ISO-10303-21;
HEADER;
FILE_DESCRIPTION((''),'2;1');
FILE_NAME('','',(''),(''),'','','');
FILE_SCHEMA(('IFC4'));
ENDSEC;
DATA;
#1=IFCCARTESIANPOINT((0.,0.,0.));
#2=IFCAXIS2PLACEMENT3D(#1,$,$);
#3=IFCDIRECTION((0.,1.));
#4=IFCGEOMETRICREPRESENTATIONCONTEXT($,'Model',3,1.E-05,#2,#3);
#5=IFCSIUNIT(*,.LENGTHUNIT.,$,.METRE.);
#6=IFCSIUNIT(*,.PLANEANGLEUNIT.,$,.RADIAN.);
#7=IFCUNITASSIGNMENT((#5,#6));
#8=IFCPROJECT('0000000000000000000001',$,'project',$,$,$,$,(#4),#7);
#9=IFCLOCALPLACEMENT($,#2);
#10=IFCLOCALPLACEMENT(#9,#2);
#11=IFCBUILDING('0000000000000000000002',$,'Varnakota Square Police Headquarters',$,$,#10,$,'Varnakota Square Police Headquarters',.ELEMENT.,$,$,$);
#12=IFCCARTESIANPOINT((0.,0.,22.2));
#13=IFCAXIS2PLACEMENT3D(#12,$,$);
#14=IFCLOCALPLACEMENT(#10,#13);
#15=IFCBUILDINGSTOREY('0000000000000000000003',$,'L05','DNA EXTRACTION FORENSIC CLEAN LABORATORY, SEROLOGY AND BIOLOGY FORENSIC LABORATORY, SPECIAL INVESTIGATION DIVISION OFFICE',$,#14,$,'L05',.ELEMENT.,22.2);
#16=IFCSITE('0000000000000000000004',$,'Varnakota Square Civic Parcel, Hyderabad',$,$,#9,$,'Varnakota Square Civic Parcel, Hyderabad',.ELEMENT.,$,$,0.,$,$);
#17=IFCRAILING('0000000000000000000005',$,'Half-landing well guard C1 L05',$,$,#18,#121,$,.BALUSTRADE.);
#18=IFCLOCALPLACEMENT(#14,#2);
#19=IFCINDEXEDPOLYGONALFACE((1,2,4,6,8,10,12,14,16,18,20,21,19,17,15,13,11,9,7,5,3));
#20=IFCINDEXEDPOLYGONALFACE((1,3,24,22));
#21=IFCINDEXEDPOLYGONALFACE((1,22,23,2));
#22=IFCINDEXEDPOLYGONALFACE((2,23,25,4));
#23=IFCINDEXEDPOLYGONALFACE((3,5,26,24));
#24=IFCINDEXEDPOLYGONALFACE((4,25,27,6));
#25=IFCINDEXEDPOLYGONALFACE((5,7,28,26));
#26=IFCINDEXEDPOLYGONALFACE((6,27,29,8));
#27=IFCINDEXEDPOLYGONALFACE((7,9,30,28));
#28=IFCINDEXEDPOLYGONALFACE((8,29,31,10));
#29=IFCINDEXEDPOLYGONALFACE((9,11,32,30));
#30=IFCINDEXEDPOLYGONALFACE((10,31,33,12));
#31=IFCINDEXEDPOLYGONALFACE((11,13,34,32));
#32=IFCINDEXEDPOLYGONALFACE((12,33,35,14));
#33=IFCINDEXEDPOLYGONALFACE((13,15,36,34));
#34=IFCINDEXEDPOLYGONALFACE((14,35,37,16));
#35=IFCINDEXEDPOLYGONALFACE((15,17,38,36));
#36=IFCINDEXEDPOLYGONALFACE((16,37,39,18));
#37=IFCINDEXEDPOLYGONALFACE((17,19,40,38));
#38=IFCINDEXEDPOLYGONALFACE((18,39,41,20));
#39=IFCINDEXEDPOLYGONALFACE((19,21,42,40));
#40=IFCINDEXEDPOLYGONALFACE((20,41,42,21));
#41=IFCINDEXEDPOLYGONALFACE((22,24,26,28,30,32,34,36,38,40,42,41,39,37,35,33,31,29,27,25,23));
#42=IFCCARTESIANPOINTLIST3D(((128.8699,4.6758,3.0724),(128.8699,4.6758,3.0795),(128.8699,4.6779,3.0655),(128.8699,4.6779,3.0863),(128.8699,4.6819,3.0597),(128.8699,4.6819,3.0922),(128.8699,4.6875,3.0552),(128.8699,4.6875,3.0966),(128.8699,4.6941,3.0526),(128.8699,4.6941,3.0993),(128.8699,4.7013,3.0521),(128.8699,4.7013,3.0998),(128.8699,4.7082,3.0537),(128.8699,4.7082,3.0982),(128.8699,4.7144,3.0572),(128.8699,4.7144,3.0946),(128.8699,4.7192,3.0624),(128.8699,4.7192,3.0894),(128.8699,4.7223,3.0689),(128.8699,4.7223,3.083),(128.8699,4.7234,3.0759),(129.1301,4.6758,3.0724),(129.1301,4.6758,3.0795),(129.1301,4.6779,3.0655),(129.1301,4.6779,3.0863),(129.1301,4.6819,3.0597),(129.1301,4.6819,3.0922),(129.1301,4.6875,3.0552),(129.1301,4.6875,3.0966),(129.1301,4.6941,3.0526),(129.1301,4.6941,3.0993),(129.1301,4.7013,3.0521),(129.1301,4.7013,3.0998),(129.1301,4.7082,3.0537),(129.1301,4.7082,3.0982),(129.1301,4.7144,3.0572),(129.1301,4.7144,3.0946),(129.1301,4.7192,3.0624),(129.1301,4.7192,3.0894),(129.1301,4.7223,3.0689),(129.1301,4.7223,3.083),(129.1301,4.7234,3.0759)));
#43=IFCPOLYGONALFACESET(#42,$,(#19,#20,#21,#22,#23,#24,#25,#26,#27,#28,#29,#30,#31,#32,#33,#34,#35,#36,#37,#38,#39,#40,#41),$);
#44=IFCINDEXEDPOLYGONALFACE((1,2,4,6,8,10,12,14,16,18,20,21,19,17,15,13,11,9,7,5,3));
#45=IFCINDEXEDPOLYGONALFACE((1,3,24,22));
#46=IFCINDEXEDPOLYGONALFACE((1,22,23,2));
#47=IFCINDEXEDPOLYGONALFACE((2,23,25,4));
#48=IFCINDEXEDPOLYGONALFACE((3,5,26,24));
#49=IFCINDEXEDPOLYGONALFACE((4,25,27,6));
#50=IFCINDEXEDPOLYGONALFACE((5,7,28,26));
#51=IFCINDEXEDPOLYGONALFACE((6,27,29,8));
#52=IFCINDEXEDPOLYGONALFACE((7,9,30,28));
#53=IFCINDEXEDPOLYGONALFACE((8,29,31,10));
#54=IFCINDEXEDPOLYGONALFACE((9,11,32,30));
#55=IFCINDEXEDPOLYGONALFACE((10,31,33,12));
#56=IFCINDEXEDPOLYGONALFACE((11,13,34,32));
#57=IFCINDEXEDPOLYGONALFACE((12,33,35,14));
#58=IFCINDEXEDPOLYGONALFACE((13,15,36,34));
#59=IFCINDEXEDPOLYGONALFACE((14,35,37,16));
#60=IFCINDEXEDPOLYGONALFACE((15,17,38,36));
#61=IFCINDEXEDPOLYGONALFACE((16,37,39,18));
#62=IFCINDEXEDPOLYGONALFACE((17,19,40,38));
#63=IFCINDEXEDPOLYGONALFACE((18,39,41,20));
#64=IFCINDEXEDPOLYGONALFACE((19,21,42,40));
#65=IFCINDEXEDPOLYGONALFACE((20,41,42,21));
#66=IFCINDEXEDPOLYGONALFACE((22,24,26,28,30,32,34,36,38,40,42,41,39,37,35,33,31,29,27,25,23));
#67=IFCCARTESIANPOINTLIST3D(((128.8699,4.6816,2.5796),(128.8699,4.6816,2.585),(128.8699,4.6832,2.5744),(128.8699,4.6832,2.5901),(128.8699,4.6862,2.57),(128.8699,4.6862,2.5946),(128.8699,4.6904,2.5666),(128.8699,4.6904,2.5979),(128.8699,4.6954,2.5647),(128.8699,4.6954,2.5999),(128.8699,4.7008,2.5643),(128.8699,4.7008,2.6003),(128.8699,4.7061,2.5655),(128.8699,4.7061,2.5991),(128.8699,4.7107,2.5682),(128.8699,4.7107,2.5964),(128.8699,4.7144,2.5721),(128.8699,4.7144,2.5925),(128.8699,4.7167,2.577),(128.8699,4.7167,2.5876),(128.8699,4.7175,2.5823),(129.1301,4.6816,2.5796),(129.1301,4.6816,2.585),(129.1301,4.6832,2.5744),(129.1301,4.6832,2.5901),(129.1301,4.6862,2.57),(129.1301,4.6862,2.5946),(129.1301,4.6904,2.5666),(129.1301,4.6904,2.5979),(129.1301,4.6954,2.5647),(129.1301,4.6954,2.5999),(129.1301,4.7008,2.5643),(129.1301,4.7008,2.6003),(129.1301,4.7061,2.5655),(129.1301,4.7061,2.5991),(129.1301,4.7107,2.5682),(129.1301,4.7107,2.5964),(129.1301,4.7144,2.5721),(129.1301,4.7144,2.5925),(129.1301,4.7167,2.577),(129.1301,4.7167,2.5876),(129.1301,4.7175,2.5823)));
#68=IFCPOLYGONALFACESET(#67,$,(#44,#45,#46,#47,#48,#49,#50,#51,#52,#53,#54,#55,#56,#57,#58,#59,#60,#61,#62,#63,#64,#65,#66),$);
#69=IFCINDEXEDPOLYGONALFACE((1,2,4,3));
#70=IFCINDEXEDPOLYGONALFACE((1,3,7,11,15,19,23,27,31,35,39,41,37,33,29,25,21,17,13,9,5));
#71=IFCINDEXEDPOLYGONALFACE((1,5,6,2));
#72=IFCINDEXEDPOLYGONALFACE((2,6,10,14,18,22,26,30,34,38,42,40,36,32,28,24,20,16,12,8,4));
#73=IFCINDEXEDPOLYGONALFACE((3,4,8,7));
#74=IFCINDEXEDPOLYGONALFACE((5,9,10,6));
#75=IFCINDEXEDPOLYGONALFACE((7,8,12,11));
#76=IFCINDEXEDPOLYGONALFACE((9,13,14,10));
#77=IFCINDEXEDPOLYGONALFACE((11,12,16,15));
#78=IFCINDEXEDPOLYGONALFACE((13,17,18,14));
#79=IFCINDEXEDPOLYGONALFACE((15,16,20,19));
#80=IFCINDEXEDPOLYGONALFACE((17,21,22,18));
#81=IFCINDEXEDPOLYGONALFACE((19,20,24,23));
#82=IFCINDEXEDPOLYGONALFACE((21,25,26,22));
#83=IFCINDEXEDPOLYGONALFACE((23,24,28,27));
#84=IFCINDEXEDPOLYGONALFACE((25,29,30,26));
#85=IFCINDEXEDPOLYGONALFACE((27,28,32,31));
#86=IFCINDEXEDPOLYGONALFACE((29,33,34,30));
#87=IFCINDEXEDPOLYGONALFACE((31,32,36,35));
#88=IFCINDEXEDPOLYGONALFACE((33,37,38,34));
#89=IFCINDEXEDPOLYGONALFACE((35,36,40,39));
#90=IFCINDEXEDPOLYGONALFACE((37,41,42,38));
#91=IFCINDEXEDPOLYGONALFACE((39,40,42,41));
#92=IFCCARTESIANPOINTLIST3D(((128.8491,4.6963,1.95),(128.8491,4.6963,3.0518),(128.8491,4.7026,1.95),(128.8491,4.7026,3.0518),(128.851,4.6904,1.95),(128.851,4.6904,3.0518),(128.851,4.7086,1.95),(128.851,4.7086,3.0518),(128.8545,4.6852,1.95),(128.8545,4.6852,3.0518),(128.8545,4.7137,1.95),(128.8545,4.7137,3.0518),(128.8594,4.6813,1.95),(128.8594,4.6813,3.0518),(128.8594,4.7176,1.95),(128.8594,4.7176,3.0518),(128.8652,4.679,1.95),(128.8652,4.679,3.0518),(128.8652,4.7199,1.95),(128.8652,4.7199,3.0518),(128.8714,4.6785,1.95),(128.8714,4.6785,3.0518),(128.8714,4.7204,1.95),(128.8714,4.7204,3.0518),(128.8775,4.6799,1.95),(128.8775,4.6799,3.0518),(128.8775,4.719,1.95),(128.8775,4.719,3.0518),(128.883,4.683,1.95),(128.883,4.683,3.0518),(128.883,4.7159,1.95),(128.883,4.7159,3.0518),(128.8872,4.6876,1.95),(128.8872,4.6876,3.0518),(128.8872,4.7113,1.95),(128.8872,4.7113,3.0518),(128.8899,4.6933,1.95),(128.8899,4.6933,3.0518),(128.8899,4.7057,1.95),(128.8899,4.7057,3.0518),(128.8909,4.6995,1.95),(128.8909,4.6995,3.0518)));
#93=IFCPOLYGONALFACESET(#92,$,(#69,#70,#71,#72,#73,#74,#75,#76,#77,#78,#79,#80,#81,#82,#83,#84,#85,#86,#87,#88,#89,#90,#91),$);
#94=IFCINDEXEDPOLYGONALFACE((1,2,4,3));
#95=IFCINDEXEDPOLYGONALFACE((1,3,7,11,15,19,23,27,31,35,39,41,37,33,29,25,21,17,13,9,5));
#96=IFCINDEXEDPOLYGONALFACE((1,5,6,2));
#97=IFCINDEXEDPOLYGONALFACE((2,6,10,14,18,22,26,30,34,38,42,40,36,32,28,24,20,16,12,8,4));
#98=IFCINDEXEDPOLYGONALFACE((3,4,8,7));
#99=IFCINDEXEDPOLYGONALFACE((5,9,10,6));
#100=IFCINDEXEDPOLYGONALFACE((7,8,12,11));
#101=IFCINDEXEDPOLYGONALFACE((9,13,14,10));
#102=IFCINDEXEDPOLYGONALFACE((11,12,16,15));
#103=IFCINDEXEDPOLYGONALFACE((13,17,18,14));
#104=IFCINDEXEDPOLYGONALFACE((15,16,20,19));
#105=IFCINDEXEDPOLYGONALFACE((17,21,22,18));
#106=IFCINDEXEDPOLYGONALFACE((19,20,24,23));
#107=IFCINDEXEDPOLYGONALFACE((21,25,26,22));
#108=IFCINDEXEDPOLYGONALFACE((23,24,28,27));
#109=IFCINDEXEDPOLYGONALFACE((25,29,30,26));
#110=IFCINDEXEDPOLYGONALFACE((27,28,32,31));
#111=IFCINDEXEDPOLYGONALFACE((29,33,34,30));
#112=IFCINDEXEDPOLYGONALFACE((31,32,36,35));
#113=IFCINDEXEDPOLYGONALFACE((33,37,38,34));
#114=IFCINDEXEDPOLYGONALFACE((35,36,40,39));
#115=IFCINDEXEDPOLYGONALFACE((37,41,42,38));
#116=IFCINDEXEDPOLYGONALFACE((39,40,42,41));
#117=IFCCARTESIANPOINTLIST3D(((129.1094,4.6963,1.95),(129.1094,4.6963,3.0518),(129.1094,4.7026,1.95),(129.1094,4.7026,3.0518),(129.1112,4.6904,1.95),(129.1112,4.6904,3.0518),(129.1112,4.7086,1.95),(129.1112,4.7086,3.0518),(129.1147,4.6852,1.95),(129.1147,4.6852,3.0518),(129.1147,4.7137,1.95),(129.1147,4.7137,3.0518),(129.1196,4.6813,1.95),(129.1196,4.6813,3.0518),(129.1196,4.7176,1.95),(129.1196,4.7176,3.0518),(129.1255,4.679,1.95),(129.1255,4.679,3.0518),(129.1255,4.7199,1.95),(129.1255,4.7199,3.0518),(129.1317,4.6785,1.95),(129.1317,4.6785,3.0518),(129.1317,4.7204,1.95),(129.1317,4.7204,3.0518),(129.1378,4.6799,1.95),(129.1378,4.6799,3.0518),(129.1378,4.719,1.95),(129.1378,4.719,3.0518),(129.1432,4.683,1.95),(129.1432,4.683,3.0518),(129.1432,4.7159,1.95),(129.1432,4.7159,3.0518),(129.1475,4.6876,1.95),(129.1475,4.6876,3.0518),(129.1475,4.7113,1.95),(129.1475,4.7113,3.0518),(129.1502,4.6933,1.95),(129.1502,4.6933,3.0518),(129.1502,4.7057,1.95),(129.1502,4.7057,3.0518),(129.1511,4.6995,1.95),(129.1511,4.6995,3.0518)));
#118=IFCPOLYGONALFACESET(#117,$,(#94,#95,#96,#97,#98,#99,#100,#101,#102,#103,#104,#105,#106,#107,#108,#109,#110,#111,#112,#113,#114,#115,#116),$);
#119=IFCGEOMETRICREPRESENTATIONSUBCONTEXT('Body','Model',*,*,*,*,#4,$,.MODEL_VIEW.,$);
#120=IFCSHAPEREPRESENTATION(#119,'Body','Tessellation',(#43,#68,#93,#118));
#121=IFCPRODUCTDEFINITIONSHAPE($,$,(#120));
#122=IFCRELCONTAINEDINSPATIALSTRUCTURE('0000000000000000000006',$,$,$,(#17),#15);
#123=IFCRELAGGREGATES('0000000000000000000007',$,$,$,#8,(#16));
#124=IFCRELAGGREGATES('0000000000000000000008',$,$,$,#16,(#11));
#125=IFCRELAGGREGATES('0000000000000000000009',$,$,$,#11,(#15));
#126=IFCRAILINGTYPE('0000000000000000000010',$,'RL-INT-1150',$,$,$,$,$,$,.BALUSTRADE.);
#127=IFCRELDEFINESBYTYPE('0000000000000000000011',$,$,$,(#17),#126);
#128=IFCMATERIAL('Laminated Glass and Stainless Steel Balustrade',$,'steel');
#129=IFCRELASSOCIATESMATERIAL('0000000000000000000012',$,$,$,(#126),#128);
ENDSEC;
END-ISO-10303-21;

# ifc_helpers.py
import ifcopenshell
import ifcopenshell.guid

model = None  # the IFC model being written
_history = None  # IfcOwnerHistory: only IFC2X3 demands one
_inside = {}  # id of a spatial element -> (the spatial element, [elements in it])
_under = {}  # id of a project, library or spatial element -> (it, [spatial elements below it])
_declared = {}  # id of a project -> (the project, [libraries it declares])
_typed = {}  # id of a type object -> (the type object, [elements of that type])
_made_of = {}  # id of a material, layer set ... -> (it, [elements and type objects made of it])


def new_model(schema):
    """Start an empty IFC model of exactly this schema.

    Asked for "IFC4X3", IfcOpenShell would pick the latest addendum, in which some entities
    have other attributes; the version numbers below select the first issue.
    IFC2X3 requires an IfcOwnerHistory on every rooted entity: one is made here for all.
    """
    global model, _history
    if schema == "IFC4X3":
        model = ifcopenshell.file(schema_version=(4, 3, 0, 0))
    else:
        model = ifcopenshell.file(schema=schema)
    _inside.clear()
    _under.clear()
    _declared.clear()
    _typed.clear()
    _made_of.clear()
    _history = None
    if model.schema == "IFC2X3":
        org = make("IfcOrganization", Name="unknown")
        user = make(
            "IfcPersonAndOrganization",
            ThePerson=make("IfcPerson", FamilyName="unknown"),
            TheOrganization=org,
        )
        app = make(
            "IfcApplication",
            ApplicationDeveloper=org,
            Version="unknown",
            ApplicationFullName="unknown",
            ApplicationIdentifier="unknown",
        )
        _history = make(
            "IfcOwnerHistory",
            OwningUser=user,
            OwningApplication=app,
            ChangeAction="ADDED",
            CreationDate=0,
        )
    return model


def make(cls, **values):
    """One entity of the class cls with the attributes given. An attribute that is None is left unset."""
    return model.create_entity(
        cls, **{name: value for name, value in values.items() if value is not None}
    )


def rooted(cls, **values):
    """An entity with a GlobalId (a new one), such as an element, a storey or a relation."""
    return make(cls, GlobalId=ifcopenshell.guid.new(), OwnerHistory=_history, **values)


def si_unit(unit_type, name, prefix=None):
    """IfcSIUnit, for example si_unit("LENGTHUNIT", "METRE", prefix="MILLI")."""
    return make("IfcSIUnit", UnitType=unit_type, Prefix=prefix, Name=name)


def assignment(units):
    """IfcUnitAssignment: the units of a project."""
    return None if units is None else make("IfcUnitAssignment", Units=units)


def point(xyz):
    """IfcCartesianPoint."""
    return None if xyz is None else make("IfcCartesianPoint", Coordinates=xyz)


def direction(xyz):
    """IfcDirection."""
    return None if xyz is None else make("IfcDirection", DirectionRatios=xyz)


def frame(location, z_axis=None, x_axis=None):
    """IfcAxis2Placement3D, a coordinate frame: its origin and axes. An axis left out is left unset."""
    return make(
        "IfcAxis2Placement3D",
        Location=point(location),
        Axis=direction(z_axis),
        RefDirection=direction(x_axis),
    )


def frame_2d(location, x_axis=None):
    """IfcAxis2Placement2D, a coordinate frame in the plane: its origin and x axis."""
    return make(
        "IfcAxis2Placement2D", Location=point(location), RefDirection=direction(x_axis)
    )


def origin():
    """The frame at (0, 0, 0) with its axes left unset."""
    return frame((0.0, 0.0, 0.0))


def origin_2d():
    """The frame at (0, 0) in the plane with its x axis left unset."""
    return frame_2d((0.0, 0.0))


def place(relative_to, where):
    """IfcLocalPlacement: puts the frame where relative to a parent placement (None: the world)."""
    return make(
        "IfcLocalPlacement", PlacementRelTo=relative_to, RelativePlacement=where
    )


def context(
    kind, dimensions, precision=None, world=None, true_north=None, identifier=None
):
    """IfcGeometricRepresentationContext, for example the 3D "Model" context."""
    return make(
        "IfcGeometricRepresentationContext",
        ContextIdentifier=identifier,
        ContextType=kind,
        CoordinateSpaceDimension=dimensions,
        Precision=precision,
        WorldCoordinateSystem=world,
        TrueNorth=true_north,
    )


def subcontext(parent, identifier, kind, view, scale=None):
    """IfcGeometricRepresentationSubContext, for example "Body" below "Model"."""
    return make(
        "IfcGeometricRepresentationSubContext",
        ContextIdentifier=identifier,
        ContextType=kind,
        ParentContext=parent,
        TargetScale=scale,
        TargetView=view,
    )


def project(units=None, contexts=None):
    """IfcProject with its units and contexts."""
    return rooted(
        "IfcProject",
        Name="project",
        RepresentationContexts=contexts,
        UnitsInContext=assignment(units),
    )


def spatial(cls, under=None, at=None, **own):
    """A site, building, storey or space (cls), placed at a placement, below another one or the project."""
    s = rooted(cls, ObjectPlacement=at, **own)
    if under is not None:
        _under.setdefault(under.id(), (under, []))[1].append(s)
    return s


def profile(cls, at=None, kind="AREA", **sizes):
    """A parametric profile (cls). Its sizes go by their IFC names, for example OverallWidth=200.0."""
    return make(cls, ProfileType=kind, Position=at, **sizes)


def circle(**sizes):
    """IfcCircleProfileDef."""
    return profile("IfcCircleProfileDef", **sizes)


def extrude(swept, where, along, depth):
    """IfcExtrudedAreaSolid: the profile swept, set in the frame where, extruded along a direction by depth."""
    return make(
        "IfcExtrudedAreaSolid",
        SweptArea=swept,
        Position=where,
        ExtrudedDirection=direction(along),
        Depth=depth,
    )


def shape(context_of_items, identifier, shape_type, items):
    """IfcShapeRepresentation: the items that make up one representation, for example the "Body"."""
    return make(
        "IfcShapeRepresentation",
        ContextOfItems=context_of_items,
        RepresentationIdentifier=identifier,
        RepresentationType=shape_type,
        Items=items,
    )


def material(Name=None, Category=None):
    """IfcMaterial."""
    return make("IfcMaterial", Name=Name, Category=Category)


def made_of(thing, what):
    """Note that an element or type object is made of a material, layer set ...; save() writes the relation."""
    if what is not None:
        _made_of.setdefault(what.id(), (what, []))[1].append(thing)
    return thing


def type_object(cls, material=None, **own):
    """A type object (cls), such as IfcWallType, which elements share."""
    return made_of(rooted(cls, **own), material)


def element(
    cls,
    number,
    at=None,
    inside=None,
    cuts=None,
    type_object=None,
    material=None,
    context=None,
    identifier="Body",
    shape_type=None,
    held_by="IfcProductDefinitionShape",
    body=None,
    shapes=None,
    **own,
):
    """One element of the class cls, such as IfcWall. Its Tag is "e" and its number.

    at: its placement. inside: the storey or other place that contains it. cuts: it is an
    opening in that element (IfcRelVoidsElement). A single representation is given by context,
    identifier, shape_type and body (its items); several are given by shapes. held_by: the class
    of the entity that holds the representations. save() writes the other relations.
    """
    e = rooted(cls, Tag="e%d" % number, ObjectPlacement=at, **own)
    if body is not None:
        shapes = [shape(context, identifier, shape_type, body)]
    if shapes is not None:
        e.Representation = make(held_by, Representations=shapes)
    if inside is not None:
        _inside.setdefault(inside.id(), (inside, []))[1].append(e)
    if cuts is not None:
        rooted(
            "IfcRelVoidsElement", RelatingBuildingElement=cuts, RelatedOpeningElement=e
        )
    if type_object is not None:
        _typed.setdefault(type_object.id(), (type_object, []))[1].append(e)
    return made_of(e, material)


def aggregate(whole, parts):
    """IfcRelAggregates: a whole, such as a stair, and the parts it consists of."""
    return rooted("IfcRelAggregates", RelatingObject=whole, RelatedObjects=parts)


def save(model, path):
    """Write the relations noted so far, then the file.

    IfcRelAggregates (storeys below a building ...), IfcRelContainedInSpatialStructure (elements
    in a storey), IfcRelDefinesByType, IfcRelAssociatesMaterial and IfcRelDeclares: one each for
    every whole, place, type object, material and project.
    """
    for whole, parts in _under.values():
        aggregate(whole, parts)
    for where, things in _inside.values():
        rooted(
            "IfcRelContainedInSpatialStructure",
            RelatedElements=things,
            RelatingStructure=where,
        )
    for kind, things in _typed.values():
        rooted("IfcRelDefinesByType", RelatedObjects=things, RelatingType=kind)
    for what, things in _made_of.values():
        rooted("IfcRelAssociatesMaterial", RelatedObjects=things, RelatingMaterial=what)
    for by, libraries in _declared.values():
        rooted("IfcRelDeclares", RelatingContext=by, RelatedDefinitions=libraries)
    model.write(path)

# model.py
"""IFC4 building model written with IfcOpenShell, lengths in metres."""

from ifc_helpers import new_model, si_unit, direction, frame, origin, origin_2d, place, context, subcontext, project, spatial, circle, extrude, material, type_object, element, save


model = new_model("IFC4")

# Units and contexts
model_context = context("Model", 3, precision=1e-05, world=origin(), true_north=direction((0.0, 1.0)))
body_context = subcontext(model_context, "Body", "Model", "MODEL_VIEW")
ifc_project = project(units=[si_unit("LENGTHUNIT", "METRE"), si_unit("PLANEANGLEUNIT", "RADIAN")], contexts=[model_context])

# Site, building, storey
site_placement = place(None, origin())
site = spatial("IfcSite", under=ifc_project, at=site_placement, Name="Varnakota Square Civic Parcel, Hyderabad", LongName="Varnakota Square Civic Parcel, Hyderabad", CompositionType="ELEMENT", RefElevation=0.0)
building_placement = place(site_placement, origin())
building = spatial("IfcBuilding", under=site, at=building_placement, Name="Varnakota Square Police Headquarters", LongName="Varnakota Square Police Headquarters", CompositionType="ELEMENT")
storey_placement = place(building_placement, frame((0.0, 0.0, 22.2)))
storey = spatial("IfcBuildingStorey", under=building, at=storey_placement, Name="L05", Description="DNA EXTRACTION FORENSIC CLEAN LABORATORY, SEROLOGY AND BIOLOGY FORENSIC LABORATORY, SPECIAL INVESTIGATION DIVISION OFFICE", LongName="L05", CompositionType="ELEMENT", Elevation=22.2)

# Railing
ifc_material_1 = material(Name="Laminated Glass and Stainless Steel Balustrade", Category="steel")
railing_type_1 = type_object("IfcRailingType", Name="RL-INT-1150", PredefinedType="BALUSTRADE", material=ifc_material_1)
railing_1_placement = place(storey_placement, frame((128.8699, 4.6995, 1.95)))
element("IfcRailing", 1, at=railing_1_placement, inside=storey, type_object=railing_type_1, Name="Half-landing well guard C1 L05", PredefinedType="BALUSTRADE", context=body_context, shape_type="SweptSolid", body=[
    extrude(circle(Radius=0.0239, at=origin_2d()), frame((0.0, 0.0, 1.126), z_axis=(1.0, 0.0, 0.0), x_axis=(0.0, 1.0, 0.0)), (0.0, 0.0, 1.0), 0.2603),
    extrude(circle(Radius=0.0181, at=origin_2d()), frame((0.0, 0.0, 0.6323), z_axis=(1.0, 0.0, 0.0), x_axis=(0.0, 1.0, 0.0)), (0.0, 0.0, 1.0), 0.2603),
    extrude(circle(Radius=0.021, at=origin_2d()), origin(), (0.0, 0.0, 1.0), 1.1018),
    extrude(circle(Radius=0.021, at=origin_2d()), frame((0.2603, 0.0, 0.0)), (0.0, 0.0, 1.0), 1.1018),
])

save(model, "model.ifc")
